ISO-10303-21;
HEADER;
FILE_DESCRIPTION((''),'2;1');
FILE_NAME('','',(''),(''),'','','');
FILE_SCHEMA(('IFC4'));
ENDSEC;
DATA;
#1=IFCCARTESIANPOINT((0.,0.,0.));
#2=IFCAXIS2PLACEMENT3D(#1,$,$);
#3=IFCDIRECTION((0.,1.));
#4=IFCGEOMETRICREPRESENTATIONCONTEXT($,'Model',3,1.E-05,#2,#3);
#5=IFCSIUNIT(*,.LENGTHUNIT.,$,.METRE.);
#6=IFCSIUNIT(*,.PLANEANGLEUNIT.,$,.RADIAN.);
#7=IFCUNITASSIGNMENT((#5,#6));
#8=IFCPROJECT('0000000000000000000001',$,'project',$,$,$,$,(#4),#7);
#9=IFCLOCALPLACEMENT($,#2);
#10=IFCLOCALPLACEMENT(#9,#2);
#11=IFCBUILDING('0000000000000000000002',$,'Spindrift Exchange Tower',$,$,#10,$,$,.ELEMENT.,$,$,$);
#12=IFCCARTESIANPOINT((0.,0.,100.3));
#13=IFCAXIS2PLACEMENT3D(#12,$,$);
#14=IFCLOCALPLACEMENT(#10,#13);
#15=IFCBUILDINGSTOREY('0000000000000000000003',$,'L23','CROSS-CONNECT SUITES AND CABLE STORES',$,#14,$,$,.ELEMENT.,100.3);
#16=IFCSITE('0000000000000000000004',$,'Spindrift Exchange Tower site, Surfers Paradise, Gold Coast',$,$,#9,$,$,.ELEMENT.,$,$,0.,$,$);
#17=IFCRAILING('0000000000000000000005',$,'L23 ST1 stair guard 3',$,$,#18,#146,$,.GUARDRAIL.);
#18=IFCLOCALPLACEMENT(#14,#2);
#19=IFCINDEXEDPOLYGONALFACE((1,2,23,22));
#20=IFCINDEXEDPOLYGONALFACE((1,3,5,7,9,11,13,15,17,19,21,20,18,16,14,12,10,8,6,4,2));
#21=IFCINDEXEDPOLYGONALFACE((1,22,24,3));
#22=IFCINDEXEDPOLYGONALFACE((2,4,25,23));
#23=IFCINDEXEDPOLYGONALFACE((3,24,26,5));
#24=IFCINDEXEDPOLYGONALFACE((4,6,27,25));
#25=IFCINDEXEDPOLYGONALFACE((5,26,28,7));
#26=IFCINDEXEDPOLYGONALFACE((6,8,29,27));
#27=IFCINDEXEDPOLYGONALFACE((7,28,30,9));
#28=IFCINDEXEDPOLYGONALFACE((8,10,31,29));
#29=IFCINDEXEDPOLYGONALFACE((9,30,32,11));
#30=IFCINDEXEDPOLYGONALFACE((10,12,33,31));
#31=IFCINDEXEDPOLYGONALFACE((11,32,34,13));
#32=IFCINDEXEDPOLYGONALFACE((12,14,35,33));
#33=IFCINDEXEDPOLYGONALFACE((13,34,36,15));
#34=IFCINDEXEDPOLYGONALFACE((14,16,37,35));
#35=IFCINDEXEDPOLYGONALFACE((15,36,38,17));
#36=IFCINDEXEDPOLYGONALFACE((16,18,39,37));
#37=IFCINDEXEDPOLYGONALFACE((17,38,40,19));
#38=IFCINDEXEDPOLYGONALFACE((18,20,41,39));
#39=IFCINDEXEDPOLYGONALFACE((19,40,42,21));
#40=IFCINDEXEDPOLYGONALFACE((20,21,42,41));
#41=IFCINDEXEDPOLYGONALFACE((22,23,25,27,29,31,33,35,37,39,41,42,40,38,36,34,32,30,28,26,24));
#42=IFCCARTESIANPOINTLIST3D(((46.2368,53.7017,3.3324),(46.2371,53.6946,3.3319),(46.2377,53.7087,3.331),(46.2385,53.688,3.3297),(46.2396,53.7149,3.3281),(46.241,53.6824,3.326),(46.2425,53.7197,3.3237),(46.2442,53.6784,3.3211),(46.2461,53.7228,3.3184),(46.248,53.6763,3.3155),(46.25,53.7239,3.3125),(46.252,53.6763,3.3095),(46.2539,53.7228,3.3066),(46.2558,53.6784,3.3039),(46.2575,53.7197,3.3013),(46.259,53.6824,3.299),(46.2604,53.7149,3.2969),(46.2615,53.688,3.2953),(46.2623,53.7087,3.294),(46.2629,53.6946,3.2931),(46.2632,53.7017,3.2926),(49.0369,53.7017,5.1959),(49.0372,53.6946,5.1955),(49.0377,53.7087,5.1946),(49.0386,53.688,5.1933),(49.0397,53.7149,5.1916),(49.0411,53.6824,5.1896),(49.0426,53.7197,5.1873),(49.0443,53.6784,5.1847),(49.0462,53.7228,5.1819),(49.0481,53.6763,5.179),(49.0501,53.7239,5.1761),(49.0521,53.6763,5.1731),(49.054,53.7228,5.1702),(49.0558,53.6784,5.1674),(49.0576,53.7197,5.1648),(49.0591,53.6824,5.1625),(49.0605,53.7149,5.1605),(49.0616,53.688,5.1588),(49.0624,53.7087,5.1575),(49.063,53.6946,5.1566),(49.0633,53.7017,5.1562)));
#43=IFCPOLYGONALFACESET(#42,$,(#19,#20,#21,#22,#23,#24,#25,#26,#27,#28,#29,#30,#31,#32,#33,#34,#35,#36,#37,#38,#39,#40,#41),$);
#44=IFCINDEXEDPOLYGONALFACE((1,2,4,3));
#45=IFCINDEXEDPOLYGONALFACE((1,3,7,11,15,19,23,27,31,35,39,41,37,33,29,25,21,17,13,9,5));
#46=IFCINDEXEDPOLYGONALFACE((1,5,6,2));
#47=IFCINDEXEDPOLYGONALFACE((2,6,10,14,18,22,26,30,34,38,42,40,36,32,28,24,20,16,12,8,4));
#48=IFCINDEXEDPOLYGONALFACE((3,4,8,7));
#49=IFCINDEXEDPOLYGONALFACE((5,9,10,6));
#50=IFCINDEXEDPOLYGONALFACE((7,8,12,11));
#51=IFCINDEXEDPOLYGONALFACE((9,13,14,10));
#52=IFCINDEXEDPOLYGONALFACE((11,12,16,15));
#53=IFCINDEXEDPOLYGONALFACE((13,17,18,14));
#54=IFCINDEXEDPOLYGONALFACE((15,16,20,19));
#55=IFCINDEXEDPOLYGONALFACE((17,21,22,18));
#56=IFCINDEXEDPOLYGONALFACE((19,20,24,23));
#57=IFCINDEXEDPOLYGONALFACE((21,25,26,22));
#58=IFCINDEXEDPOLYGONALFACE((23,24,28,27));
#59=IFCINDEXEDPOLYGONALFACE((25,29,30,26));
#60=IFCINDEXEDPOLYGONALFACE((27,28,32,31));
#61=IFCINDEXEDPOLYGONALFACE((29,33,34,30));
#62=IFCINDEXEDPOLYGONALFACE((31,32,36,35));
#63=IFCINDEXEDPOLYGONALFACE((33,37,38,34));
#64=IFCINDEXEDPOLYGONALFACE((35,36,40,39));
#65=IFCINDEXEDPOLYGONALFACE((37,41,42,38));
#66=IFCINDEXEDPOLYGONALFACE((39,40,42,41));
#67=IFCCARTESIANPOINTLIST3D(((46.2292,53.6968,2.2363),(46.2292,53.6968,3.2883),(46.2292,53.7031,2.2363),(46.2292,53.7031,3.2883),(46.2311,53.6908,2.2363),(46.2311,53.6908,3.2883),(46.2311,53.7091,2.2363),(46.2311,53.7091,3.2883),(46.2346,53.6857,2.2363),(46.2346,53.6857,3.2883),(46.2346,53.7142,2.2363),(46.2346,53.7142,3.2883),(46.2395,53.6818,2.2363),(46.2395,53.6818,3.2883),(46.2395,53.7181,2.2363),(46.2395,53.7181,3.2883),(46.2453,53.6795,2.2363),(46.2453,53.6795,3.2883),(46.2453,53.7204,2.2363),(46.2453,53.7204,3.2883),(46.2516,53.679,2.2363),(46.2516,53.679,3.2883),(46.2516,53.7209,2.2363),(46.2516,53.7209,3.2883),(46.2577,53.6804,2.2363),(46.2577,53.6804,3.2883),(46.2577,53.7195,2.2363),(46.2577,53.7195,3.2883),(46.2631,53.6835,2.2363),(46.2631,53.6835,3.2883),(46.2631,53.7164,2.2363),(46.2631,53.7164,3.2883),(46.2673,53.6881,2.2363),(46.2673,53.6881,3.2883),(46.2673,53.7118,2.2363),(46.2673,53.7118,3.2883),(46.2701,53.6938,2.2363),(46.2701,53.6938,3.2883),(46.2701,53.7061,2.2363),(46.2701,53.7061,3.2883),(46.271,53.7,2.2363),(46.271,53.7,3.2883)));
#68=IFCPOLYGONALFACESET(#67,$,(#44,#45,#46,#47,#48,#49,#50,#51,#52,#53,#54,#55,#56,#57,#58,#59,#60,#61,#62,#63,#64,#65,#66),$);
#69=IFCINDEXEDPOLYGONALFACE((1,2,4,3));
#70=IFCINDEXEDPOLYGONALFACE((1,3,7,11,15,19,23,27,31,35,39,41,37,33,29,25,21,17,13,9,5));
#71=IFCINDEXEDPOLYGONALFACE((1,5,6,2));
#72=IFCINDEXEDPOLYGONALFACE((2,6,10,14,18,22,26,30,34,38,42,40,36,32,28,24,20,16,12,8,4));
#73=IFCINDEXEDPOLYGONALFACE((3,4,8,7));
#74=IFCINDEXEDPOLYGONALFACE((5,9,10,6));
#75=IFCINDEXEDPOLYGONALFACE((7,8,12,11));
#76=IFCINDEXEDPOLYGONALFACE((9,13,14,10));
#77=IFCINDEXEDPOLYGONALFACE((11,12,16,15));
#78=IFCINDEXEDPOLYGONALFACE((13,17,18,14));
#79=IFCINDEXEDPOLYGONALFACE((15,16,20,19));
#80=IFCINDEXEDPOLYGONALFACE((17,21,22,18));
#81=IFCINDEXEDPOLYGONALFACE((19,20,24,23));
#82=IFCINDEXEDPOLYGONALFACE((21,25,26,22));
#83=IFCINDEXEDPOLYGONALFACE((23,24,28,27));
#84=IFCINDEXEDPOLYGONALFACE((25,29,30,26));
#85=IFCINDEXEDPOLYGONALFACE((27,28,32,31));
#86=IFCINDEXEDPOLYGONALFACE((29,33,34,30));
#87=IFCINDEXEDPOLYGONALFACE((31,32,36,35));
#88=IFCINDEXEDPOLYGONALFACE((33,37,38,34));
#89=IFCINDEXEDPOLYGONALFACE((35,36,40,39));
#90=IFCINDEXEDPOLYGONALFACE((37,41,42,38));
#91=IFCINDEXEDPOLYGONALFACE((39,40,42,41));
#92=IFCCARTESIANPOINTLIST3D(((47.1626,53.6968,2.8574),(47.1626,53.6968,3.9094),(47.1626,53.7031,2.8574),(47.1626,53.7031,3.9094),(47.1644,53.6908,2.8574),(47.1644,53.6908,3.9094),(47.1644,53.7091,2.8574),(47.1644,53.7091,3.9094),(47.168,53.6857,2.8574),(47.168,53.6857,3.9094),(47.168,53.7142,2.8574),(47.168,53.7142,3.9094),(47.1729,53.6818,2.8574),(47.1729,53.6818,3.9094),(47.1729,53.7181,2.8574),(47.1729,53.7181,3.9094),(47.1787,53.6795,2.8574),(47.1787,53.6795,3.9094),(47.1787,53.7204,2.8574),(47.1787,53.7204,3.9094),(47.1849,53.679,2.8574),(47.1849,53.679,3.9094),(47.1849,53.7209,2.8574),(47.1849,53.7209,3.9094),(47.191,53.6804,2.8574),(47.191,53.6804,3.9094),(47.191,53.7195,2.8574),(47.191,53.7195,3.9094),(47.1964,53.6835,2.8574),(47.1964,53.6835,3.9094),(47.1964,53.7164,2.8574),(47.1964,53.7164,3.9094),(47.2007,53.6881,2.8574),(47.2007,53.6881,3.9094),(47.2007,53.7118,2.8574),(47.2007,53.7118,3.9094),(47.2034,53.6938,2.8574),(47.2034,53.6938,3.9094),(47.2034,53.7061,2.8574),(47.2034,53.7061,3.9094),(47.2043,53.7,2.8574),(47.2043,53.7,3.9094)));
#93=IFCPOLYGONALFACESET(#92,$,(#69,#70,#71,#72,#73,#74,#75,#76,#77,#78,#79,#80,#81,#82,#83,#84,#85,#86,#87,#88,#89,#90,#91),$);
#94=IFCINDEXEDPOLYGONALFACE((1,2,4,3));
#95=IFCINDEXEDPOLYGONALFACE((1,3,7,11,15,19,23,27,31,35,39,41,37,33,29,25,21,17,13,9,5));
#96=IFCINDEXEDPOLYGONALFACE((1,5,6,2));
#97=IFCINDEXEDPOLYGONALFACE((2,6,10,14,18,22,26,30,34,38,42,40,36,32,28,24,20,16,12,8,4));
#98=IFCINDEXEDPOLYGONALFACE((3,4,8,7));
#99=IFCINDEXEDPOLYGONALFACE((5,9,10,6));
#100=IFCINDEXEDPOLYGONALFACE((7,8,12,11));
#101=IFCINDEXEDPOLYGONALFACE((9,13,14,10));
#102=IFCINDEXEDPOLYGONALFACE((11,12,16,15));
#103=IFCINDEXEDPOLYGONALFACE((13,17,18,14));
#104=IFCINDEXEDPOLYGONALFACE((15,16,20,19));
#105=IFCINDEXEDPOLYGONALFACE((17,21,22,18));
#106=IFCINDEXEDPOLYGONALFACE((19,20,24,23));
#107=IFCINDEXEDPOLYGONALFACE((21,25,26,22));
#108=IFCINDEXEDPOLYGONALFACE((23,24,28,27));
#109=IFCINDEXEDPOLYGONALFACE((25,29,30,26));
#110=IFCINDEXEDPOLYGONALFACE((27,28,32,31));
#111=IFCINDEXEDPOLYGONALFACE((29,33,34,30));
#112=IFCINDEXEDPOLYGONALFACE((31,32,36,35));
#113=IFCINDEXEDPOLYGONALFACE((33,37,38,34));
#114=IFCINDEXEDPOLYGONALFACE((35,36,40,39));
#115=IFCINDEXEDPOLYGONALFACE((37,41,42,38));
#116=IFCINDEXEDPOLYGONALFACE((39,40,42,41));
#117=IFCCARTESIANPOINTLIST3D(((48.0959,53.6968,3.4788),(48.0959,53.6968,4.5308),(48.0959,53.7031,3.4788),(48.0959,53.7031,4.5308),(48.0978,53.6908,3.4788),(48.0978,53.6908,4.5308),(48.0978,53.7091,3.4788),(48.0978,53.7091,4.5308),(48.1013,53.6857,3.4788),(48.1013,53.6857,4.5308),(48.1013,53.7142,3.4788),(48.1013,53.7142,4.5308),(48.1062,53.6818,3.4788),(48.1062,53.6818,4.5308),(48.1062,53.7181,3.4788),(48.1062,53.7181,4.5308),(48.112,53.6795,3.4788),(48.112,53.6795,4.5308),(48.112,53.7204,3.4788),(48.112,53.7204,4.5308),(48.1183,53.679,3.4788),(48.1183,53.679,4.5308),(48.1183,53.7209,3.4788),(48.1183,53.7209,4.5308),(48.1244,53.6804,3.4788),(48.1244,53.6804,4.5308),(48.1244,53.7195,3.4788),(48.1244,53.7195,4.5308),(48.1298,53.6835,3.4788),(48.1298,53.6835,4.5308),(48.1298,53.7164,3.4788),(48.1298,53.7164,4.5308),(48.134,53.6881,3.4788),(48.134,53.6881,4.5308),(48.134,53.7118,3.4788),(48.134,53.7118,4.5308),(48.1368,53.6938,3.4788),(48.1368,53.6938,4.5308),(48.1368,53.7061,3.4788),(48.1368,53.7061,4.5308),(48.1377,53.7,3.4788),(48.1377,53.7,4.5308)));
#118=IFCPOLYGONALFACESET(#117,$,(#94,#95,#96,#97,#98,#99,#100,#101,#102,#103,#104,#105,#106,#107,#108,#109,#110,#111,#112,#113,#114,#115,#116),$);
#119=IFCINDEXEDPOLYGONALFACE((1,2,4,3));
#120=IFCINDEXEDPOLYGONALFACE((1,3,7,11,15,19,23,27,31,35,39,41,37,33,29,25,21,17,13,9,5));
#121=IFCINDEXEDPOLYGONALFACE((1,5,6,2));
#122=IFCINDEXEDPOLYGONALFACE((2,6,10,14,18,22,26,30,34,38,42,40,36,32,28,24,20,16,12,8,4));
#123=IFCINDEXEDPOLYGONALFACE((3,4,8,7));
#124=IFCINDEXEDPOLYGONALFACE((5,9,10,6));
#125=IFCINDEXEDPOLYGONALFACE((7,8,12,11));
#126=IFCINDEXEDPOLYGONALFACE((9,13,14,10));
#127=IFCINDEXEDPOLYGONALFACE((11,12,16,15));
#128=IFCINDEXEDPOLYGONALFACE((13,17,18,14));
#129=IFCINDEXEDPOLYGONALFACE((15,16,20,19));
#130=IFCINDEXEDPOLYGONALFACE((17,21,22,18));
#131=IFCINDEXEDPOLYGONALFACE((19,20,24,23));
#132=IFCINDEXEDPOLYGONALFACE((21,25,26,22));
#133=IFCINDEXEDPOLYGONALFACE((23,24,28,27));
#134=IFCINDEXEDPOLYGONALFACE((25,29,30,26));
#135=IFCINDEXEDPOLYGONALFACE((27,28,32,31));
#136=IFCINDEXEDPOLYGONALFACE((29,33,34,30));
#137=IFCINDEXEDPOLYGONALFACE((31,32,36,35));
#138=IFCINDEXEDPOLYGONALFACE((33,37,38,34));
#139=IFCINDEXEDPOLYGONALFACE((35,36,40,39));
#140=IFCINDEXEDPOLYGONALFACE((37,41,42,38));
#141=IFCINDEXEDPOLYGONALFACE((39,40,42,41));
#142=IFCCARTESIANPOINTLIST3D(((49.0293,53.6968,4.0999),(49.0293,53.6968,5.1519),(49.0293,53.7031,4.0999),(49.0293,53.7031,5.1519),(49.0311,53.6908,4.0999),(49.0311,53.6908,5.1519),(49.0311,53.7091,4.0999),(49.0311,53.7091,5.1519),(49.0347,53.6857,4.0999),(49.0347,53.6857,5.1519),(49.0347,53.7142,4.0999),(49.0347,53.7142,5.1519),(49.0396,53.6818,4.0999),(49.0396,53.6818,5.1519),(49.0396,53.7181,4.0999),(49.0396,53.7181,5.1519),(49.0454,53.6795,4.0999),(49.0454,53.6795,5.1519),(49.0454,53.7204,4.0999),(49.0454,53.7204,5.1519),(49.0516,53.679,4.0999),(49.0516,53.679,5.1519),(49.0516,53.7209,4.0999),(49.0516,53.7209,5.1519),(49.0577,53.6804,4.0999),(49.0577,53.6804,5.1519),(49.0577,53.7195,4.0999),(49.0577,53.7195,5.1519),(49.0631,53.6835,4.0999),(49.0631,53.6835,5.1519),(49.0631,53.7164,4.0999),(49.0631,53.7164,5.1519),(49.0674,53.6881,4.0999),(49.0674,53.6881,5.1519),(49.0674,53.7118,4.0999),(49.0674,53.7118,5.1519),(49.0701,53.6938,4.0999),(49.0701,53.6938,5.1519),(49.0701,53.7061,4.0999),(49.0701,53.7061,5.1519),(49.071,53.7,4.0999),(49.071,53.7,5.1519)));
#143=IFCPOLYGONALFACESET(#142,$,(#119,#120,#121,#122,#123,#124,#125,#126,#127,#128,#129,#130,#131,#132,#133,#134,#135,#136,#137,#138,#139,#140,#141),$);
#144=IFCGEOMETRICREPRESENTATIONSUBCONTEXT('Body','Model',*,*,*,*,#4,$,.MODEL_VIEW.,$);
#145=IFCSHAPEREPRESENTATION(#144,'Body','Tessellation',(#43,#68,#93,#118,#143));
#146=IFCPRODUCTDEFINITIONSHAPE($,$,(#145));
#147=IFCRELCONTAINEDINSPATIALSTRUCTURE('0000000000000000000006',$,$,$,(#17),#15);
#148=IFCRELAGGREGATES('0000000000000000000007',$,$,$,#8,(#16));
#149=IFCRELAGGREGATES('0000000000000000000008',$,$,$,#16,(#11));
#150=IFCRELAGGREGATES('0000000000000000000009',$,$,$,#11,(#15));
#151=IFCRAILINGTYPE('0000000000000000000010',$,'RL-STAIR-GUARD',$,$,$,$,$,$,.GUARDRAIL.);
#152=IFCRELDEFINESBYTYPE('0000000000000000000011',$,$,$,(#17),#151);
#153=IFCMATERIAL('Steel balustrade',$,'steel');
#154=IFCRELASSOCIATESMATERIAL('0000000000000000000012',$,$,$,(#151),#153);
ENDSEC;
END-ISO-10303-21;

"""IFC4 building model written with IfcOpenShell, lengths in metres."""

from ifc_helpers import new_model, si_unit, direction, frame, origin, origin_2d, place, context, subcontext, project, spatial, circle, extrude, material, type_object, element, save


model = new_model("IFC4")

# Units and contexts
model_context = context("Model", 3, precision=1e-05, world=origin(), true_north=direction((0.0, 1.0)))
body_context = subcontext(model_context, "Body", "Model", "MODEL_VIEW")
ifc_project = project(units=[si_unit("LENGTHUNIT", "METRE"), si_unit("PLANEANGLEUNIT", "RADIAN")], contexts=[model_context])

# Site, building, storey
site_placement = place(None, origin())
site = spatial("IfcSite", under=ifc_project, at=site_placement, Name="Spindrift Exchange Tower site, Surfers Paradise, Gold Coast", CompositionType="ELEMENT", RefElevation=0.0)
building_placement = place(site_placement, origin())
building = spatial("IfcBuilding", under=site, at=building_placement, Name="Spindrift Exchange Tower", CompositionType="ELEMENT")
storey_placement = place(building_placement, frame((0.0, 0.0, 100.3)))
storey = spatial("IfcBuildingStorey", under=building, at=storey_placement, Name="L23", Description="CROSS-CONNECT SUITES AND CABLE STORES", CompositionType="ELEMENT", Elevation=100.3)

# Railing
ifc_material_1 = material(Name="Steel balustrade", Category="steel")
railing_type_1 = type_object("IfcRailingType", Name="RL-STAIR-GUARD", PredefinedType="GUARDRAIL", material=ifc_material_1)
railing_1_placement = place(storey_placement, frame((46.25, 53.7, 2.2363)))
element("IfcRailing", 1, at=railing_1_placement, inside=storey, type_object=railing_type_1, Name="L23 ST1 stair guard 3", PredefinedType="GUARDRAIL", context=body_context, shape_type="SweptSolid", body=[
    extrude(circle(Radius=0.0239, at=origin_2d()), frame((0.0, 0.0, 1.0762), z_axis=(0.832486, 0.0, 0.554047), x_axis=(0.0, 1.0, 0.0)), (0.0, 0.0, 1.0), 3.3635),
    extrude(circle(Radius=0.021, at=origin_2d()), origin(), (0.0, 0.0, 1.0), 1.052),
    extrude(circle(Radius=0.021, at=origin_2d()), frame((0.9333, 0.0, 0.6211)), (0.0, 0.0, 1.0), 1.052),
    extrude(circle(Radius=0.021, at=origin_2d()), frame((1.8667, 0.0, 1.2424)), (0.0, 0.0, 1.0), 1.052),
    extrude(circle(Radius=0.021, at=origin_2d()), frame((2.8, 0.0, 1.8635)), (0.0, 0.0, 1.0), 1.052),
])

save(model, "model.ifc")
